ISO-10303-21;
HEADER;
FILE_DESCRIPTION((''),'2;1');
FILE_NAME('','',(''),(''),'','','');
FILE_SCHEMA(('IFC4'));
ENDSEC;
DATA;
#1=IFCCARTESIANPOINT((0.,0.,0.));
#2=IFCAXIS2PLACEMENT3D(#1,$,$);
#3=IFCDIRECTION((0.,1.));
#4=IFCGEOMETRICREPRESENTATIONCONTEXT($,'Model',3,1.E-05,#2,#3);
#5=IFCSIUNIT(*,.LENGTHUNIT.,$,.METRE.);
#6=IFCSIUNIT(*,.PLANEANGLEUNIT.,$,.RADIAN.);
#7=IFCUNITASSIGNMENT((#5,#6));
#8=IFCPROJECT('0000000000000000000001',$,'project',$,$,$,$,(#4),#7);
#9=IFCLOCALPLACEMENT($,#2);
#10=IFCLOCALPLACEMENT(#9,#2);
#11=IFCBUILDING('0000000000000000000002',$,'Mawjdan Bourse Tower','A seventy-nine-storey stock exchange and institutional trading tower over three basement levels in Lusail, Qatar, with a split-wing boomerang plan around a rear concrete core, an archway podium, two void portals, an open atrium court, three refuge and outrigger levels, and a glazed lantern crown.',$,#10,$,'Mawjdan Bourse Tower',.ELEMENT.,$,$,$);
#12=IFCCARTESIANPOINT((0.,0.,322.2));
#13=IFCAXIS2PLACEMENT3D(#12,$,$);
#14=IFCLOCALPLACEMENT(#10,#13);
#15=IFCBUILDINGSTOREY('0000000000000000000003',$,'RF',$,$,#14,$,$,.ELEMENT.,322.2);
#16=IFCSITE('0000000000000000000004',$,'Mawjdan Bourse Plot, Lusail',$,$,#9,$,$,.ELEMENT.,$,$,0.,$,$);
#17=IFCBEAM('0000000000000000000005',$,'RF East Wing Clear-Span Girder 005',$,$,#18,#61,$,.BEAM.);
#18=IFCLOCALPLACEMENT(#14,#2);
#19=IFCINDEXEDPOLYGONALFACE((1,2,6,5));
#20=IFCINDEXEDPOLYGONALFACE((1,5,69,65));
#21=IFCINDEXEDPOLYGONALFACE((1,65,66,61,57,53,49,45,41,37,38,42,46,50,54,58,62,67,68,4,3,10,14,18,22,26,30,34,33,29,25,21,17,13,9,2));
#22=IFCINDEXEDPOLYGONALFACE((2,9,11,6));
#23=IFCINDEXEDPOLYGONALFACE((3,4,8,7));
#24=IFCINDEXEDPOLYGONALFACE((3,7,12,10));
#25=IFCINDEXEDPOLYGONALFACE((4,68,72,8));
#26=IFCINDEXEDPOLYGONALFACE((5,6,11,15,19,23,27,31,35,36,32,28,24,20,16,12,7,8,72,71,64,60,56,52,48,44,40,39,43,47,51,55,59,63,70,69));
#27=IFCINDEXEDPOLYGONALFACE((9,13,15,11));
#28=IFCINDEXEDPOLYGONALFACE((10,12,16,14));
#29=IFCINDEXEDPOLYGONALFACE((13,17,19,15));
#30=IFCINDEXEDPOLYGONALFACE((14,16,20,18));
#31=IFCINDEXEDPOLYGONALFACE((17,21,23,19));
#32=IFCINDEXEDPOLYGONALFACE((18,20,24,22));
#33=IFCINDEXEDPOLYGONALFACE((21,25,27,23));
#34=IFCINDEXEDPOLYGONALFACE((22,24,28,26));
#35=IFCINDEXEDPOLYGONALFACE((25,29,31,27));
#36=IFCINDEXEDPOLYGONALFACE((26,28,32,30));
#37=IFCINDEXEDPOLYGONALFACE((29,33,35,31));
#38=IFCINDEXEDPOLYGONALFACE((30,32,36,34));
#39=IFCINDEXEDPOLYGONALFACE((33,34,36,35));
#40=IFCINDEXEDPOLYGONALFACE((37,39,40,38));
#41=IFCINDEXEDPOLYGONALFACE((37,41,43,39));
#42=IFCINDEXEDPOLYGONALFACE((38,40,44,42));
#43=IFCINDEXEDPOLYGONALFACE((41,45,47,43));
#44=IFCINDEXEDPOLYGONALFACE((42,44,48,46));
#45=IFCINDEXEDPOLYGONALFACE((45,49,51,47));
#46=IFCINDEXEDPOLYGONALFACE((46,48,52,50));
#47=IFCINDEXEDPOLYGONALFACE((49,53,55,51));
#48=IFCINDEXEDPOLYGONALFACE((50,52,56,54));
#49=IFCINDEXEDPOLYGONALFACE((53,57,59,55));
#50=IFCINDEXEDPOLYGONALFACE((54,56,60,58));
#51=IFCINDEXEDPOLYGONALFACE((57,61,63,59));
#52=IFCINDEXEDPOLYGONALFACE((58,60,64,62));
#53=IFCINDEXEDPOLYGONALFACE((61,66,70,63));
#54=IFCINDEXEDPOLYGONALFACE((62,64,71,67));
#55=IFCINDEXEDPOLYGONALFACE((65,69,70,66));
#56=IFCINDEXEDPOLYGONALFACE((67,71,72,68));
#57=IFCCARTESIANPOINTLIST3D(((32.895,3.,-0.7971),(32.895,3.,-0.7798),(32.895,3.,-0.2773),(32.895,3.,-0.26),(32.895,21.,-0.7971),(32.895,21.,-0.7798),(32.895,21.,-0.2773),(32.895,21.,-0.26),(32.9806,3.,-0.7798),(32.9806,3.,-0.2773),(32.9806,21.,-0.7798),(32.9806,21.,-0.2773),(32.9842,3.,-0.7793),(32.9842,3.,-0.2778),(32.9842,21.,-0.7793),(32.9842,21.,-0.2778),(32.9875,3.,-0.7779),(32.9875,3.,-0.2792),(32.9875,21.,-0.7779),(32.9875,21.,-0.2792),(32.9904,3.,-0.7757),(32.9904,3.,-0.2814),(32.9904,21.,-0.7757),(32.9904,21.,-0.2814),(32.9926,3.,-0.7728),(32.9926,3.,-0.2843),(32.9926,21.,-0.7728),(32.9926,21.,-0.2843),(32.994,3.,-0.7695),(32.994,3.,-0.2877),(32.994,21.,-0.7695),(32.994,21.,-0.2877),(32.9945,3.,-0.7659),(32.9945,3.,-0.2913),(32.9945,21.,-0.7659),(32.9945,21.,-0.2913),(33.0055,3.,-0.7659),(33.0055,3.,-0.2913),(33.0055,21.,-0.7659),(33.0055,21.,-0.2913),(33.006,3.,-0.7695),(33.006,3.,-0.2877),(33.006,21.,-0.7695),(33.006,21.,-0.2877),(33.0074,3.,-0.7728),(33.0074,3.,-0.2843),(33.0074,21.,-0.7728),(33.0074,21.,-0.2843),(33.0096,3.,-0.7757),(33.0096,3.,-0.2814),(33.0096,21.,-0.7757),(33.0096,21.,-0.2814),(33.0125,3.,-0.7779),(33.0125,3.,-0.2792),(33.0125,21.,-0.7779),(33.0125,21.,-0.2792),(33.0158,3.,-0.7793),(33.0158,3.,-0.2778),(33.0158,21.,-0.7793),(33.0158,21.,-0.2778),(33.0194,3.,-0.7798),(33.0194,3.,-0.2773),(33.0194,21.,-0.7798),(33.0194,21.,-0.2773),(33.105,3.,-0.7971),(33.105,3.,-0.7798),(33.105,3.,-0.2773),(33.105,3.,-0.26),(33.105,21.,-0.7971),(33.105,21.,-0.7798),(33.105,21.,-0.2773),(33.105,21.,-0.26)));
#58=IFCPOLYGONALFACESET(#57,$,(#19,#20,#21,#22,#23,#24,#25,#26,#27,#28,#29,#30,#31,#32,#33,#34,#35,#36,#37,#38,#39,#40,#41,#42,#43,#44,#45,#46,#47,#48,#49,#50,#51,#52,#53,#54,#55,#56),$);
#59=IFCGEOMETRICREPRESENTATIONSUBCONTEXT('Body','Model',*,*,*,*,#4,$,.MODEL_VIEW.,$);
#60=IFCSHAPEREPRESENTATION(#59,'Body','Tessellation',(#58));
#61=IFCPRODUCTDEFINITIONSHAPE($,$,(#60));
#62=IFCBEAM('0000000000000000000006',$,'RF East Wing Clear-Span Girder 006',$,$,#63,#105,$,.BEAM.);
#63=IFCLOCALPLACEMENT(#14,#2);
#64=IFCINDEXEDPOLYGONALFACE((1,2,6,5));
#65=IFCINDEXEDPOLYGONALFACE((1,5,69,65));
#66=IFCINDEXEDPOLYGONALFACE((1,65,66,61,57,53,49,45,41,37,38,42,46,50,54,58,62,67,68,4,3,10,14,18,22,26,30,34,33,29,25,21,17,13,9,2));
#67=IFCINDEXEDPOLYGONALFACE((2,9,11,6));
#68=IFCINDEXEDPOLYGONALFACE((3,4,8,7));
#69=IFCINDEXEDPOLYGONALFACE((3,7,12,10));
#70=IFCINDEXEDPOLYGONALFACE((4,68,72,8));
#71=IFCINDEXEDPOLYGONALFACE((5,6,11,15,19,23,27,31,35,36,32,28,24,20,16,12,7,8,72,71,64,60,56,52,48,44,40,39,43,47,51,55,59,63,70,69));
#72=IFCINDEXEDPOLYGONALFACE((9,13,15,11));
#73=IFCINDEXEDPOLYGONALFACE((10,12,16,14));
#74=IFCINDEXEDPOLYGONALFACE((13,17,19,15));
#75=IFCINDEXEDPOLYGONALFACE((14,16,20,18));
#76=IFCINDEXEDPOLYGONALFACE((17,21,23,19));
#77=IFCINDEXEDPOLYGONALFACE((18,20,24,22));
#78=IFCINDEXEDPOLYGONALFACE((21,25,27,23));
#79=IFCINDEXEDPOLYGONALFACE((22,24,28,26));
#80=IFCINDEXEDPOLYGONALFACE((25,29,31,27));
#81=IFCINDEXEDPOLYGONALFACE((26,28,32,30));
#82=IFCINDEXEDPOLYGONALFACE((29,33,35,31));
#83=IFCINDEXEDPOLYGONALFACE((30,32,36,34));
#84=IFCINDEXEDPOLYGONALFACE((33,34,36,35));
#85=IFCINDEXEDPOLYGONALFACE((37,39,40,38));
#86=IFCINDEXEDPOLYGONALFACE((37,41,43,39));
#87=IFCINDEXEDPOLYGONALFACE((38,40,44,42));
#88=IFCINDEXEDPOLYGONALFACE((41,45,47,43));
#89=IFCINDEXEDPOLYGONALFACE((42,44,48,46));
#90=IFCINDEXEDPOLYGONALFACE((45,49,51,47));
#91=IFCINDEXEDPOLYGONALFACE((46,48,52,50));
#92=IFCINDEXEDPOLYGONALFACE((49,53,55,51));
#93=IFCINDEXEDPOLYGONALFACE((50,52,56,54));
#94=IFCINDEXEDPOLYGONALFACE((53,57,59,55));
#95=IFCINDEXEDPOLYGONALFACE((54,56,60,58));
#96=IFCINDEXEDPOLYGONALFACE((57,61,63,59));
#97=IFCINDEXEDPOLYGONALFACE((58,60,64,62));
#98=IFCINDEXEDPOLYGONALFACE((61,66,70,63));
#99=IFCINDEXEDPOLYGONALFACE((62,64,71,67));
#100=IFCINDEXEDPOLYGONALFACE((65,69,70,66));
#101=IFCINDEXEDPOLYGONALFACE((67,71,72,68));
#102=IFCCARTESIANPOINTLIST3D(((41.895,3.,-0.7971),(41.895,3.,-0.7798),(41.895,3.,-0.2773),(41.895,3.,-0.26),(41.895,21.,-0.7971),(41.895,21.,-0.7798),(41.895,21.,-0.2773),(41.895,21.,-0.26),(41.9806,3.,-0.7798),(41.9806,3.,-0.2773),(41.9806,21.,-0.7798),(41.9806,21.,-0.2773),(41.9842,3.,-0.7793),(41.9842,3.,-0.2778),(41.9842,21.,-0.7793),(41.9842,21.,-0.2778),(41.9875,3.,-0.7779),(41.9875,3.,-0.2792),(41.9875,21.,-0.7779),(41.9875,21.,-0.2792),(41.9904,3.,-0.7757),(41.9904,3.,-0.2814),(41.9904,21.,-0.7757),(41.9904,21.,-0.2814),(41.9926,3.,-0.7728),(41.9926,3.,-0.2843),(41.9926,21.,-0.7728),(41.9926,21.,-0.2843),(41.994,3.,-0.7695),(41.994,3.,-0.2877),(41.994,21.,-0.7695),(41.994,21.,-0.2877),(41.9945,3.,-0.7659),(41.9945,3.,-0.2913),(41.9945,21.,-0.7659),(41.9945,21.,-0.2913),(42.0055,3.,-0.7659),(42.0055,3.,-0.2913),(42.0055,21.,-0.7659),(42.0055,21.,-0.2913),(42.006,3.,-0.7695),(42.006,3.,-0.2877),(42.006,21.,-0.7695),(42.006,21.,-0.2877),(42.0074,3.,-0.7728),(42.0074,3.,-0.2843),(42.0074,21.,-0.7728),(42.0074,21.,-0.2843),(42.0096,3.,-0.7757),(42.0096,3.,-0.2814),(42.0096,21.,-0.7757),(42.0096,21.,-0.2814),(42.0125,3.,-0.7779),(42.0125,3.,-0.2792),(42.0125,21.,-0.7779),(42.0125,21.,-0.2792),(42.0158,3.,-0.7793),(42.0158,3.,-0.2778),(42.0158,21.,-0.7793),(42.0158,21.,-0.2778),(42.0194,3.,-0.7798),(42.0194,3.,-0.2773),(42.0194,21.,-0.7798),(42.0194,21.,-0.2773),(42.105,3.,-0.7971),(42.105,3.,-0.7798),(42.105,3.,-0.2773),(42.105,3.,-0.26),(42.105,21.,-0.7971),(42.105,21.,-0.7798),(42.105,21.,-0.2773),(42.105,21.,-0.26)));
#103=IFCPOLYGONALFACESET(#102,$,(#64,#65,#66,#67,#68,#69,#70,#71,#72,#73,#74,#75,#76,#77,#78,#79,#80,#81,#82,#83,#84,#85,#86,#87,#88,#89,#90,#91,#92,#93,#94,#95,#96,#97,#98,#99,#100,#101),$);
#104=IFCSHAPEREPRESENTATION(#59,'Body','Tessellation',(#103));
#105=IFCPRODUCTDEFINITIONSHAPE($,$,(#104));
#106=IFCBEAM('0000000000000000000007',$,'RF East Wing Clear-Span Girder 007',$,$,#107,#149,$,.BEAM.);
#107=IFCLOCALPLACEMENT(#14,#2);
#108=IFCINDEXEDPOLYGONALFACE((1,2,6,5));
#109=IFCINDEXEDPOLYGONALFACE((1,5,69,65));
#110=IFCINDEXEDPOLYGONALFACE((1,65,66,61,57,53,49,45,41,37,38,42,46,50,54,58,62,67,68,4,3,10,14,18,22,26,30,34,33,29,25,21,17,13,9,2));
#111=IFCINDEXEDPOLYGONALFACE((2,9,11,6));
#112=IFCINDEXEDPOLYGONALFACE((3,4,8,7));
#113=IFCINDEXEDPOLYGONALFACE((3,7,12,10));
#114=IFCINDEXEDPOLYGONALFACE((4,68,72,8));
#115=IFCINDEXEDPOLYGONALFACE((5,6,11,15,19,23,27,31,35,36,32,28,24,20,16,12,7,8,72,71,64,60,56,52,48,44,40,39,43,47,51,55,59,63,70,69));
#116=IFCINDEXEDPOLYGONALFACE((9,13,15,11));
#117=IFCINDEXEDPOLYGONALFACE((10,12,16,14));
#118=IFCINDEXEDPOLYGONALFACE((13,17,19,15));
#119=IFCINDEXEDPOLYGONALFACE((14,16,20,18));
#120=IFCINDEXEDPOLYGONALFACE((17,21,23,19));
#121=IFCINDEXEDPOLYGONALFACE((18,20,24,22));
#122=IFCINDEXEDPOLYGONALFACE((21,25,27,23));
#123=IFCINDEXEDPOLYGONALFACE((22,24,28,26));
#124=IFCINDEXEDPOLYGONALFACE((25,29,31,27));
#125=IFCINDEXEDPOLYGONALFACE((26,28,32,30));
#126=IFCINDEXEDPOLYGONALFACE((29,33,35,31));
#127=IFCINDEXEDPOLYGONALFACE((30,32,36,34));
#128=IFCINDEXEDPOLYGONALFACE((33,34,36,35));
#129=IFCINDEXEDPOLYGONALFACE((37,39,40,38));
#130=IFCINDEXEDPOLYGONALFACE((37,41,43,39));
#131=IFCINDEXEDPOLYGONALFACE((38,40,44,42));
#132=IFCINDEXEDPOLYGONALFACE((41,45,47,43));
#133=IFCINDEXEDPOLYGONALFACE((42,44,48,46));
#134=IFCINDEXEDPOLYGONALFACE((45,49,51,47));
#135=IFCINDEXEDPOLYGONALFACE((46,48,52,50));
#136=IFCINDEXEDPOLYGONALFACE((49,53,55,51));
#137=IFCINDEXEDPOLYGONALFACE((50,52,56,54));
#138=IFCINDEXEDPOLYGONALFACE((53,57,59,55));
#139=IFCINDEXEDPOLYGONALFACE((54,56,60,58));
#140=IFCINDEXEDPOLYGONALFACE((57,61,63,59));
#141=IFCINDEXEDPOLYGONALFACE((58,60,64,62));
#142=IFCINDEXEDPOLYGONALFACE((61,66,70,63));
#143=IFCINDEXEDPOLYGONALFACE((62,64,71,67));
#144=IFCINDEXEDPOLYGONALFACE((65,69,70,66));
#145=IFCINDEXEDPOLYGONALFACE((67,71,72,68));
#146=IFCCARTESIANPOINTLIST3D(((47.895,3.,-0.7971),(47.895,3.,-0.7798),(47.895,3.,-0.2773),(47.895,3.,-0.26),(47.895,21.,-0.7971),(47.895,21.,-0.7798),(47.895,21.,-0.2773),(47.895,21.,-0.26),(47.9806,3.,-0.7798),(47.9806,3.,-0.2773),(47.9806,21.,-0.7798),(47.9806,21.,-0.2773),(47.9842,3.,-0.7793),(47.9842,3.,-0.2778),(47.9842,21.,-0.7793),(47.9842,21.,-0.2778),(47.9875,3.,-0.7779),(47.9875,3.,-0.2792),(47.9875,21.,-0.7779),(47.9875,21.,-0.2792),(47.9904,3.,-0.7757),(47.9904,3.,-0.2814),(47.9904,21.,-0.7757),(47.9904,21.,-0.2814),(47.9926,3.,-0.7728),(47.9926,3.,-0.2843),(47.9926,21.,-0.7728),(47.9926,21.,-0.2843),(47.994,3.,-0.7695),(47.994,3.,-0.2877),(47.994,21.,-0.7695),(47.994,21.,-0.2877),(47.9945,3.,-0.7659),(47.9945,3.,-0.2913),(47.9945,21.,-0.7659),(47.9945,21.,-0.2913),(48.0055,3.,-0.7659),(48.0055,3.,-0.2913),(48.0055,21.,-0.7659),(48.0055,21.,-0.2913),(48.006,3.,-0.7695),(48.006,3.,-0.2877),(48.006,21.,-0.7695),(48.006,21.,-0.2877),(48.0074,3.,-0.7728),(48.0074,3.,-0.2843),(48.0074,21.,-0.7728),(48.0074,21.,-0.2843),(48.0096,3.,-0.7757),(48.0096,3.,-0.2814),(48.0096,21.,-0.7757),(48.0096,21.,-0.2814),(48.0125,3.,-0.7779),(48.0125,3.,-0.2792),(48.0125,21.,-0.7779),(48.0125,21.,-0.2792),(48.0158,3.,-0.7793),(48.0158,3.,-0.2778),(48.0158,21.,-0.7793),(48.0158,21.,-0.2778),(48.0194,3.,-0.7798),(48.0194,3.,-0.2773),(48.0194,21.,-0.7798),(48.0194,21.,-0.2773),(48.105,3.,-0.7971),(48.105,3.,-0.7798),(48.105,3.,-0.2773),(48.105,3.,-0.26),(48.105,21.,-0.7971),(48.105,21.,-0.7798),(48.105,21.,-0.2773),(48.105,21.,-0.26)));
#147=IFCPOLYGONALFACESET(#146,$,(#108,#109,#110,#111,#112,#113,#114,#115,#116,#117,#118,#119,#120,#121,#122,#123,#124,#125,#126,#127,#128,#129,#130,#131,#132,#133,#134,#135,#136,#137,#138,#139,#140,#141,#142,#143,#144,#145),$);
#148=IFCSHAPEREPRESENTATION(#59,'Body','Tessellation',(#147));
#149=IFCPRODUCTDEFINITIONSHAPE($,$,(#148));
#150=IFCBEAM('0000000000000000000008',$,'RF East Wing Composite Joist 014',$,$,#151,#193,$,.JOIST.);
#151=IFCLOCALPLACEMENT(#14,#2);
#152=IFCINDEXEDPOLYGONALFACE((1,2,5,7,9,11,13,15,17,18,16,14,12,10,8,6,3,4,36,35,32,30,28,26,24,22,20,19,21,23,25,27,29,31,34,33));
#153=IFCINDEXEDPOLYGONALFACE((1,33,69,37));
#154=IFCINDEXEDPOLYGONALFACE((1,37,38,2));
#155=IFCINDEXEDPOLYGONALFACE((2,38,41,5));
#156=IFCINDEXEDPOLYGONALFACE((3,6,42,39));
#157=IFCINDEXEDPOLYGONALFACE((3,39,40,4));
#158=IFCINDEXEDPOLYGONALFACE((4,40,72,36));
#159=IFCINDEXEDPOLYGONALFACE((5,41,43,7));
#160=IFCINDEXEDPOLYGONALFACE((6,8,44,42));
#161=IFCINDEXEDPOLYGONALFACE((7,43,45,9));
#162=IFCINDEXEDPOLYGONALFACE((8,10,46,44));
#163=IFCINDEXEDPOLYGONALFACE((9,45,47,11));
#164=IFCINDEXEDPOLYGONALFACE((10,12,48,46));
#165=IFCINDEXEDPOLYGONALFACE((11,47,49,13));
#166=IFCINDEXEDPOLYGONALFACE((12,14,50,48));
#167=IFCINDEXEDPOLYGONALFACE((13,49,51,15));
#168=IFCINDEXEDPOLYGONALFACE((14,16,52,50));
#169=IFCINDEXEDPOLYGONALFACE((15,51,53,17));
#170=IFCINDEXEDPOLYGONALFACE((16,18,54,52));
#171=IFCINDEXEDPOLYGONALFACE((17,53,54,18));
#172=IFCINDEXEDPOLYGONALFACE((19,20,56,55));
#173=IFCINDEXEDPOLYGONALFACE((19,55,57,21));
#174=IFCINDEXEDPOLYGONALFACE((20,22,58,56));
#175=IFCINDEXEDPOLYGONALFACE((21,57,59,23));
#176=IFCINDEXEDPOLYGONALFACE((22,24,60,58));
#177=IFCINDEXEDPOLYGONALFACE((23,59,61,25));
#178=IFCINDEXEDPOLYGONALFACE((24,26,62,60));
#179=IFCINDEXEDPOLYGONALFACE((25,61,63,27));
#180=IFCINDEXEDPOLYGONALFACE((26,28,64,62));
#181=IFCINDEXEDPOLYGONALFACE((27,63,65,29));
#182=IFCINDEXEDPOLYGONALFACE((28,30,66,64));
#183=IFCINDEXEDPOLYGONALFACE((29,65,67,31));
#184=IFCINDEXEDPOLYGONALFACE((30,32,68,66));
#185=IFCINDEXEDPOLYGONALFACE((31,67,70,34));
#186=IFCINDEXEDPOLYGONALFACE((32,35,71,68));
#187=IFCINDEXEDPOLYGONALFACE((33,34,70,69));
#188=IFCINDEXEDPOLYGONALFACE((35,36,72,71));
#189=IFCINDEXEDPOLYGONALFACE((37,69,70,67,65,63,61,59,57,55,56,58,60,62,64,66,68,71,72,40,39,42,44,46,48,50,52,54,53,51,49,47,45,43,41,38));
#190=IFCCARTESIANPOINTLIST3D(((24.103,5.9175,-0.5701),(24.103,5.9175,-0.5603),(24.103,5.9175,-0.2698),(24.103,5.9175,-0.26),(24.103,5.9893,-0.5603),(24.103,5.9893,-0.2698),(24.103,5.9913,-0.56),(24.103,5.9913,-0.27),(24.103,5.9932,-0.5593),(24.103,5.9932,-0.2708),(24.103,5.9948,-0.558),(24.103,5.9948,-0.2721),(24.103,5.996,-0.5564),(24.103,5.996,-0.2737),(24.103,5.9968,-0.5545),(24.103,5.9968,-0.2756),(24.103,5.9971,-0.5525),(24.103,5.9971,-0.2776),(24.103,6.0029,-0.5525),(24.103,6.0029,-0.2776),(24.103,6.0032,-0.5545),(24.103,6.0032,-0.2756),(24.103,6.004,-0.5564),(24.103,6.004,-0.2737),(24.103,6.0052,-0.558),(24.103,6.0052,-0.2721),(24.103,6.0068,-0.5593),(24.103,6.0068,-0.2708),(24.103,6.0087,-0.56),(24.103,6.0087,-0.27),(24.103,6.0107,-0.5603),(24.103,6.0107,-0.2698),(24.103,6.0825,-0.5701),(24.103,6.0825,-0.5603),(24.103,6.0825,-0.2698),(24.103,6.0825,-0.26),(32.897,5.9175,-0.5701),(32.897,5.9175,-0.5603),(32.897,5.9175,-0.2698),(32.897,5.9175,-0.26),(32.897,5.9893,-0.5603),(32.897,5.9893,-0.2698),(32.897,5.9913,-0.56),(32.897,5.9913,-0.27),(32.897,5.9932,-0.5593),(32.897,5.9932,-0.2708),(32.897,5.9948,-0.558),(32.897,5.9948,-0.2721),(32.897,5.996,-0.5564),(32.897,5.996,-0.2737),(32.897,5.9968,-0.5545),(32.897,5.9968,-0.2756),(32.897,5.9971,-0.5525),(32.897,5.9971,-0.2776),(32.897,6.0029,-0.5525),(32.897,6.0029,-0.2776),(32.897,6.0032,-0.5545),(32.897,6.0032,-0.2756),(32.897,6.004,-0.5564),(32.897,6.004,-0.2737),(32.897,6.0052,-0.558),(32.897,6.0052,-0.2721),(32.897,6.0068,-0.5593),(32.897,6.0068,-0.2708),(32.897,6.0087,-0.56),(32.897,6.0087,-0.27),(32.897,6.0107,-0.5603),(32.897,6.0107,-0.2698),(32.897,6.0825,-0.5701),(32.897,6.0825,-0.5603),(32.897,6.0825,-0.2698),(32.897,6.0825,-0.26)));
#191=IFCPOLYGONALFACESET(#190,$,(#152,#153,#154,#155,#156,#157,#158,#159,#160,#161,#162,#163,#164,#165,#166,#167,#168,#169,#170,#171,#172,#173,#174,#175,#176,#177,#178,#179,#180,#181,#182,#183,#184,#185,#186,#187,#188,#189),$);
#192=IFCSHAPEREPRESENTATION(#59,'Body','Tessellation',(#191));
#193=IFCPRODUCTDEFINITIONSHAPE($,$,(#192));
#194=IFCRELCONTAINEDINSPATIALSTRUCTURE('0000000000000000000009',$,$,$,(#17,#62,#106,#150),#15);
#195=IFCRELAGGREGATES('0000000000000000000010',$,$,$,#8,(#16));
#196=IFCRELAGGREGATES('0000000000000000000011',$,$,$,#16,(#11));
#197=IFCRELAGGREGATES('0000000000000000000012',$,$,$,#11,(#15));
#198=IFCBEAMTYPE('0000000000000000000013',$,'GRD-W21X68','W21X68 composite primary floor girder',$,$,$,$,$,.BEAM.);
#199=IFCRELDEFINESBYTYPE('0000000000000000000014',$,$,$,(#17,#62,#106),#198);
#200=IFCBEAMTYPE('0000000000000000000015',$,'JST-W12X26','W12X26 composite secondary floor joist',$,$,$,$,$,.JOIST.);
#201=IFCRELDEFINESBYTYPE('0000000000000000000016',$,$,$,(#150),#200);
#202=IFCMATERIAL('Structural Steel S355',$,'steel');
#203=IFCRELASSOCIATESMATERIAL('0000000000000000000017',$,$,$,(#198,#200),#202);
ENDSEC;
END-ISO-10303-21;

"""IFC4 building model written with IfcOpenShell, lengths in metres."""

from ifc_helpers import new_model, si_unit, direction, frame, origin, origin_2d, place, context, subcontext, project, spatial, i_section, extrude, material, material_profile, profile_set, type_object, element, save


model = new_model("IFC4")

# Units and contexts
model_context = context("Model", 3, precision=1e-05, world=origin(), true_north=direction((0.0, 1.0)))
body_context = subcontext(model_context, "Body", "Model", "MODEL_VIEW")
ifc_project = project(units=[si_unit("LENGTHUNIT", "METRE"), si_unit("PLANEANGLEUNIT", "RADIAN")], contexts=[model_context])

# Site, building, storey
site_placement = place(None, origin())
site = spatial("IfcSite", under=ifc_project, at=site_placement, Name="Mawjdan Bourse Plot, Lusail", CompositionType="ELEMENT", RefElevation=0.0)
building_placement = place(site_placement, origin())
building = spatial("IfcBuilding", under=site, at=building_placement, Name="Mawjdan Bourse Tower", Description="A seventy-nine-storey stock exchange and institutional trading tower over three basement levels in Lusail, Qatar, with a split-wing boomerang plan around a rear concrete core, an archway podium, two void portals, an open atrium court, three refuge and outrigger levels, and a glazed lantern crown.", LongName="Mawjdan Bourse Tower", CompositionType="ELEMENT")
storey_placement = place(building_placement, frame((0.0, 0.0, 322.2)))
storey = spatial("IfcBuildingStorey", under=building, at=storey_placement, Name="RF", CompositionType="ELEMENT", Elevation=322.2)

# Beams
ifc_material_1 = material(Name="Structural Steel S355", Category="steel")
ifc_material_profile_1 = material_profile(ifc_material_1, i_section(OverallWidth=0.21, OverallDepth=0.5371, WebThickness=0.011, FlangeThickness=0.0173, FilletRadius=0.0139, at=origin_2d()), Name="W21X68")
ifc_profile_set_1 = profile_set([ifc_material_profile_1], Name="Structural Steel S355")
beam_type_1 = type_object("IfcBeamType", Name="GRD-W21X68", Description="W21X68 composite primary floor girder", PredefinedType="BEAM", material=ifc_profile_set_1)
for number, where, z_axis, x_axis, name in (
    (1, (33.0, 3.0, -0.5286), (0.0, 1.0, 0.0), (-1.0, 0.0, 0.0), "RF East Wing Clear-Span Girder 005"),
    (2, (42.0, 3.0, -0.5286), (0.0, 1.0, 0.0), (-1.0, 0.0, 0.0), "RF East Wing Clear-Span Girder 006"),
    (3, (48.0, 3.0, -0.5286), (0.0, 1.0, 0.0), (-1.0, 0.0, 0.0), "RF East Wing Clear-Span Girder 007"),
):
    element("IfcBeam", number, at=place(storey_placement, frame(where, z_axis=z_axis, x_axis=x_axis)), inside=storey, type_object=beam_type_1, Name=name, PredefinedType="BEAM", context=body_context, shape_type="SweptSolid", body=[
        extrude(i_section(OverallWidth=0.21, OverallDepth=0.5371, WebThickness=0.011, FlangeThickness=0.0173, FilletRadius=0.0139, at=origin_2d()), origin(), (0.0, 0.0, 1.0), 18.0),
    ])
ifc_material_profile_2 = material_profile(ifc_material_1, i_section(OverallWidth=0.165, OverallDepth=0.3101, WebThickness=0.0059, FlangeThickness=0.0098, FilletRadius=0.0078, at=origin_2d()), Name="W12X26")
ifc_profile_set_2 = profile_set([ifc_material_profile_2], Name="Structural Steel S355")
beam_type_2 = type_object("IfcBeamType", Name="JST-W12X26", Description="W12X26 composite secondary floor joist", PredefinedType="JOIST", material=ifc_profile_set_2)
for number, where, z_axis, x_axis, name in (
    (4, (24.103, 6.0, -0.415), (1.0, 0.0, 0.0), (0.0, 1.0, 0.0), "RF East Wing Composite Joist 014"),
):
    element("IfcBeam", number, at=place(storey_placement, frame(where, z_axis=z_axis, x_axis=x_axis)), inside=storey, type_object=beam_type_2, Name=name, PredefinedType="JOIST", context=body_context, shape_type="SweptSolid", body=[
        extrude(i_section(OverallWidth=0.165, OverallDepth=0.3101, WebThickness=0.0059, FlangeThickness=0.0098, FilletRadius=0.0078, at=origin_2d()), origin(), (0.0, 0.0, 1.0), 8.7939),
    ])

save(model, "model.ifc")
